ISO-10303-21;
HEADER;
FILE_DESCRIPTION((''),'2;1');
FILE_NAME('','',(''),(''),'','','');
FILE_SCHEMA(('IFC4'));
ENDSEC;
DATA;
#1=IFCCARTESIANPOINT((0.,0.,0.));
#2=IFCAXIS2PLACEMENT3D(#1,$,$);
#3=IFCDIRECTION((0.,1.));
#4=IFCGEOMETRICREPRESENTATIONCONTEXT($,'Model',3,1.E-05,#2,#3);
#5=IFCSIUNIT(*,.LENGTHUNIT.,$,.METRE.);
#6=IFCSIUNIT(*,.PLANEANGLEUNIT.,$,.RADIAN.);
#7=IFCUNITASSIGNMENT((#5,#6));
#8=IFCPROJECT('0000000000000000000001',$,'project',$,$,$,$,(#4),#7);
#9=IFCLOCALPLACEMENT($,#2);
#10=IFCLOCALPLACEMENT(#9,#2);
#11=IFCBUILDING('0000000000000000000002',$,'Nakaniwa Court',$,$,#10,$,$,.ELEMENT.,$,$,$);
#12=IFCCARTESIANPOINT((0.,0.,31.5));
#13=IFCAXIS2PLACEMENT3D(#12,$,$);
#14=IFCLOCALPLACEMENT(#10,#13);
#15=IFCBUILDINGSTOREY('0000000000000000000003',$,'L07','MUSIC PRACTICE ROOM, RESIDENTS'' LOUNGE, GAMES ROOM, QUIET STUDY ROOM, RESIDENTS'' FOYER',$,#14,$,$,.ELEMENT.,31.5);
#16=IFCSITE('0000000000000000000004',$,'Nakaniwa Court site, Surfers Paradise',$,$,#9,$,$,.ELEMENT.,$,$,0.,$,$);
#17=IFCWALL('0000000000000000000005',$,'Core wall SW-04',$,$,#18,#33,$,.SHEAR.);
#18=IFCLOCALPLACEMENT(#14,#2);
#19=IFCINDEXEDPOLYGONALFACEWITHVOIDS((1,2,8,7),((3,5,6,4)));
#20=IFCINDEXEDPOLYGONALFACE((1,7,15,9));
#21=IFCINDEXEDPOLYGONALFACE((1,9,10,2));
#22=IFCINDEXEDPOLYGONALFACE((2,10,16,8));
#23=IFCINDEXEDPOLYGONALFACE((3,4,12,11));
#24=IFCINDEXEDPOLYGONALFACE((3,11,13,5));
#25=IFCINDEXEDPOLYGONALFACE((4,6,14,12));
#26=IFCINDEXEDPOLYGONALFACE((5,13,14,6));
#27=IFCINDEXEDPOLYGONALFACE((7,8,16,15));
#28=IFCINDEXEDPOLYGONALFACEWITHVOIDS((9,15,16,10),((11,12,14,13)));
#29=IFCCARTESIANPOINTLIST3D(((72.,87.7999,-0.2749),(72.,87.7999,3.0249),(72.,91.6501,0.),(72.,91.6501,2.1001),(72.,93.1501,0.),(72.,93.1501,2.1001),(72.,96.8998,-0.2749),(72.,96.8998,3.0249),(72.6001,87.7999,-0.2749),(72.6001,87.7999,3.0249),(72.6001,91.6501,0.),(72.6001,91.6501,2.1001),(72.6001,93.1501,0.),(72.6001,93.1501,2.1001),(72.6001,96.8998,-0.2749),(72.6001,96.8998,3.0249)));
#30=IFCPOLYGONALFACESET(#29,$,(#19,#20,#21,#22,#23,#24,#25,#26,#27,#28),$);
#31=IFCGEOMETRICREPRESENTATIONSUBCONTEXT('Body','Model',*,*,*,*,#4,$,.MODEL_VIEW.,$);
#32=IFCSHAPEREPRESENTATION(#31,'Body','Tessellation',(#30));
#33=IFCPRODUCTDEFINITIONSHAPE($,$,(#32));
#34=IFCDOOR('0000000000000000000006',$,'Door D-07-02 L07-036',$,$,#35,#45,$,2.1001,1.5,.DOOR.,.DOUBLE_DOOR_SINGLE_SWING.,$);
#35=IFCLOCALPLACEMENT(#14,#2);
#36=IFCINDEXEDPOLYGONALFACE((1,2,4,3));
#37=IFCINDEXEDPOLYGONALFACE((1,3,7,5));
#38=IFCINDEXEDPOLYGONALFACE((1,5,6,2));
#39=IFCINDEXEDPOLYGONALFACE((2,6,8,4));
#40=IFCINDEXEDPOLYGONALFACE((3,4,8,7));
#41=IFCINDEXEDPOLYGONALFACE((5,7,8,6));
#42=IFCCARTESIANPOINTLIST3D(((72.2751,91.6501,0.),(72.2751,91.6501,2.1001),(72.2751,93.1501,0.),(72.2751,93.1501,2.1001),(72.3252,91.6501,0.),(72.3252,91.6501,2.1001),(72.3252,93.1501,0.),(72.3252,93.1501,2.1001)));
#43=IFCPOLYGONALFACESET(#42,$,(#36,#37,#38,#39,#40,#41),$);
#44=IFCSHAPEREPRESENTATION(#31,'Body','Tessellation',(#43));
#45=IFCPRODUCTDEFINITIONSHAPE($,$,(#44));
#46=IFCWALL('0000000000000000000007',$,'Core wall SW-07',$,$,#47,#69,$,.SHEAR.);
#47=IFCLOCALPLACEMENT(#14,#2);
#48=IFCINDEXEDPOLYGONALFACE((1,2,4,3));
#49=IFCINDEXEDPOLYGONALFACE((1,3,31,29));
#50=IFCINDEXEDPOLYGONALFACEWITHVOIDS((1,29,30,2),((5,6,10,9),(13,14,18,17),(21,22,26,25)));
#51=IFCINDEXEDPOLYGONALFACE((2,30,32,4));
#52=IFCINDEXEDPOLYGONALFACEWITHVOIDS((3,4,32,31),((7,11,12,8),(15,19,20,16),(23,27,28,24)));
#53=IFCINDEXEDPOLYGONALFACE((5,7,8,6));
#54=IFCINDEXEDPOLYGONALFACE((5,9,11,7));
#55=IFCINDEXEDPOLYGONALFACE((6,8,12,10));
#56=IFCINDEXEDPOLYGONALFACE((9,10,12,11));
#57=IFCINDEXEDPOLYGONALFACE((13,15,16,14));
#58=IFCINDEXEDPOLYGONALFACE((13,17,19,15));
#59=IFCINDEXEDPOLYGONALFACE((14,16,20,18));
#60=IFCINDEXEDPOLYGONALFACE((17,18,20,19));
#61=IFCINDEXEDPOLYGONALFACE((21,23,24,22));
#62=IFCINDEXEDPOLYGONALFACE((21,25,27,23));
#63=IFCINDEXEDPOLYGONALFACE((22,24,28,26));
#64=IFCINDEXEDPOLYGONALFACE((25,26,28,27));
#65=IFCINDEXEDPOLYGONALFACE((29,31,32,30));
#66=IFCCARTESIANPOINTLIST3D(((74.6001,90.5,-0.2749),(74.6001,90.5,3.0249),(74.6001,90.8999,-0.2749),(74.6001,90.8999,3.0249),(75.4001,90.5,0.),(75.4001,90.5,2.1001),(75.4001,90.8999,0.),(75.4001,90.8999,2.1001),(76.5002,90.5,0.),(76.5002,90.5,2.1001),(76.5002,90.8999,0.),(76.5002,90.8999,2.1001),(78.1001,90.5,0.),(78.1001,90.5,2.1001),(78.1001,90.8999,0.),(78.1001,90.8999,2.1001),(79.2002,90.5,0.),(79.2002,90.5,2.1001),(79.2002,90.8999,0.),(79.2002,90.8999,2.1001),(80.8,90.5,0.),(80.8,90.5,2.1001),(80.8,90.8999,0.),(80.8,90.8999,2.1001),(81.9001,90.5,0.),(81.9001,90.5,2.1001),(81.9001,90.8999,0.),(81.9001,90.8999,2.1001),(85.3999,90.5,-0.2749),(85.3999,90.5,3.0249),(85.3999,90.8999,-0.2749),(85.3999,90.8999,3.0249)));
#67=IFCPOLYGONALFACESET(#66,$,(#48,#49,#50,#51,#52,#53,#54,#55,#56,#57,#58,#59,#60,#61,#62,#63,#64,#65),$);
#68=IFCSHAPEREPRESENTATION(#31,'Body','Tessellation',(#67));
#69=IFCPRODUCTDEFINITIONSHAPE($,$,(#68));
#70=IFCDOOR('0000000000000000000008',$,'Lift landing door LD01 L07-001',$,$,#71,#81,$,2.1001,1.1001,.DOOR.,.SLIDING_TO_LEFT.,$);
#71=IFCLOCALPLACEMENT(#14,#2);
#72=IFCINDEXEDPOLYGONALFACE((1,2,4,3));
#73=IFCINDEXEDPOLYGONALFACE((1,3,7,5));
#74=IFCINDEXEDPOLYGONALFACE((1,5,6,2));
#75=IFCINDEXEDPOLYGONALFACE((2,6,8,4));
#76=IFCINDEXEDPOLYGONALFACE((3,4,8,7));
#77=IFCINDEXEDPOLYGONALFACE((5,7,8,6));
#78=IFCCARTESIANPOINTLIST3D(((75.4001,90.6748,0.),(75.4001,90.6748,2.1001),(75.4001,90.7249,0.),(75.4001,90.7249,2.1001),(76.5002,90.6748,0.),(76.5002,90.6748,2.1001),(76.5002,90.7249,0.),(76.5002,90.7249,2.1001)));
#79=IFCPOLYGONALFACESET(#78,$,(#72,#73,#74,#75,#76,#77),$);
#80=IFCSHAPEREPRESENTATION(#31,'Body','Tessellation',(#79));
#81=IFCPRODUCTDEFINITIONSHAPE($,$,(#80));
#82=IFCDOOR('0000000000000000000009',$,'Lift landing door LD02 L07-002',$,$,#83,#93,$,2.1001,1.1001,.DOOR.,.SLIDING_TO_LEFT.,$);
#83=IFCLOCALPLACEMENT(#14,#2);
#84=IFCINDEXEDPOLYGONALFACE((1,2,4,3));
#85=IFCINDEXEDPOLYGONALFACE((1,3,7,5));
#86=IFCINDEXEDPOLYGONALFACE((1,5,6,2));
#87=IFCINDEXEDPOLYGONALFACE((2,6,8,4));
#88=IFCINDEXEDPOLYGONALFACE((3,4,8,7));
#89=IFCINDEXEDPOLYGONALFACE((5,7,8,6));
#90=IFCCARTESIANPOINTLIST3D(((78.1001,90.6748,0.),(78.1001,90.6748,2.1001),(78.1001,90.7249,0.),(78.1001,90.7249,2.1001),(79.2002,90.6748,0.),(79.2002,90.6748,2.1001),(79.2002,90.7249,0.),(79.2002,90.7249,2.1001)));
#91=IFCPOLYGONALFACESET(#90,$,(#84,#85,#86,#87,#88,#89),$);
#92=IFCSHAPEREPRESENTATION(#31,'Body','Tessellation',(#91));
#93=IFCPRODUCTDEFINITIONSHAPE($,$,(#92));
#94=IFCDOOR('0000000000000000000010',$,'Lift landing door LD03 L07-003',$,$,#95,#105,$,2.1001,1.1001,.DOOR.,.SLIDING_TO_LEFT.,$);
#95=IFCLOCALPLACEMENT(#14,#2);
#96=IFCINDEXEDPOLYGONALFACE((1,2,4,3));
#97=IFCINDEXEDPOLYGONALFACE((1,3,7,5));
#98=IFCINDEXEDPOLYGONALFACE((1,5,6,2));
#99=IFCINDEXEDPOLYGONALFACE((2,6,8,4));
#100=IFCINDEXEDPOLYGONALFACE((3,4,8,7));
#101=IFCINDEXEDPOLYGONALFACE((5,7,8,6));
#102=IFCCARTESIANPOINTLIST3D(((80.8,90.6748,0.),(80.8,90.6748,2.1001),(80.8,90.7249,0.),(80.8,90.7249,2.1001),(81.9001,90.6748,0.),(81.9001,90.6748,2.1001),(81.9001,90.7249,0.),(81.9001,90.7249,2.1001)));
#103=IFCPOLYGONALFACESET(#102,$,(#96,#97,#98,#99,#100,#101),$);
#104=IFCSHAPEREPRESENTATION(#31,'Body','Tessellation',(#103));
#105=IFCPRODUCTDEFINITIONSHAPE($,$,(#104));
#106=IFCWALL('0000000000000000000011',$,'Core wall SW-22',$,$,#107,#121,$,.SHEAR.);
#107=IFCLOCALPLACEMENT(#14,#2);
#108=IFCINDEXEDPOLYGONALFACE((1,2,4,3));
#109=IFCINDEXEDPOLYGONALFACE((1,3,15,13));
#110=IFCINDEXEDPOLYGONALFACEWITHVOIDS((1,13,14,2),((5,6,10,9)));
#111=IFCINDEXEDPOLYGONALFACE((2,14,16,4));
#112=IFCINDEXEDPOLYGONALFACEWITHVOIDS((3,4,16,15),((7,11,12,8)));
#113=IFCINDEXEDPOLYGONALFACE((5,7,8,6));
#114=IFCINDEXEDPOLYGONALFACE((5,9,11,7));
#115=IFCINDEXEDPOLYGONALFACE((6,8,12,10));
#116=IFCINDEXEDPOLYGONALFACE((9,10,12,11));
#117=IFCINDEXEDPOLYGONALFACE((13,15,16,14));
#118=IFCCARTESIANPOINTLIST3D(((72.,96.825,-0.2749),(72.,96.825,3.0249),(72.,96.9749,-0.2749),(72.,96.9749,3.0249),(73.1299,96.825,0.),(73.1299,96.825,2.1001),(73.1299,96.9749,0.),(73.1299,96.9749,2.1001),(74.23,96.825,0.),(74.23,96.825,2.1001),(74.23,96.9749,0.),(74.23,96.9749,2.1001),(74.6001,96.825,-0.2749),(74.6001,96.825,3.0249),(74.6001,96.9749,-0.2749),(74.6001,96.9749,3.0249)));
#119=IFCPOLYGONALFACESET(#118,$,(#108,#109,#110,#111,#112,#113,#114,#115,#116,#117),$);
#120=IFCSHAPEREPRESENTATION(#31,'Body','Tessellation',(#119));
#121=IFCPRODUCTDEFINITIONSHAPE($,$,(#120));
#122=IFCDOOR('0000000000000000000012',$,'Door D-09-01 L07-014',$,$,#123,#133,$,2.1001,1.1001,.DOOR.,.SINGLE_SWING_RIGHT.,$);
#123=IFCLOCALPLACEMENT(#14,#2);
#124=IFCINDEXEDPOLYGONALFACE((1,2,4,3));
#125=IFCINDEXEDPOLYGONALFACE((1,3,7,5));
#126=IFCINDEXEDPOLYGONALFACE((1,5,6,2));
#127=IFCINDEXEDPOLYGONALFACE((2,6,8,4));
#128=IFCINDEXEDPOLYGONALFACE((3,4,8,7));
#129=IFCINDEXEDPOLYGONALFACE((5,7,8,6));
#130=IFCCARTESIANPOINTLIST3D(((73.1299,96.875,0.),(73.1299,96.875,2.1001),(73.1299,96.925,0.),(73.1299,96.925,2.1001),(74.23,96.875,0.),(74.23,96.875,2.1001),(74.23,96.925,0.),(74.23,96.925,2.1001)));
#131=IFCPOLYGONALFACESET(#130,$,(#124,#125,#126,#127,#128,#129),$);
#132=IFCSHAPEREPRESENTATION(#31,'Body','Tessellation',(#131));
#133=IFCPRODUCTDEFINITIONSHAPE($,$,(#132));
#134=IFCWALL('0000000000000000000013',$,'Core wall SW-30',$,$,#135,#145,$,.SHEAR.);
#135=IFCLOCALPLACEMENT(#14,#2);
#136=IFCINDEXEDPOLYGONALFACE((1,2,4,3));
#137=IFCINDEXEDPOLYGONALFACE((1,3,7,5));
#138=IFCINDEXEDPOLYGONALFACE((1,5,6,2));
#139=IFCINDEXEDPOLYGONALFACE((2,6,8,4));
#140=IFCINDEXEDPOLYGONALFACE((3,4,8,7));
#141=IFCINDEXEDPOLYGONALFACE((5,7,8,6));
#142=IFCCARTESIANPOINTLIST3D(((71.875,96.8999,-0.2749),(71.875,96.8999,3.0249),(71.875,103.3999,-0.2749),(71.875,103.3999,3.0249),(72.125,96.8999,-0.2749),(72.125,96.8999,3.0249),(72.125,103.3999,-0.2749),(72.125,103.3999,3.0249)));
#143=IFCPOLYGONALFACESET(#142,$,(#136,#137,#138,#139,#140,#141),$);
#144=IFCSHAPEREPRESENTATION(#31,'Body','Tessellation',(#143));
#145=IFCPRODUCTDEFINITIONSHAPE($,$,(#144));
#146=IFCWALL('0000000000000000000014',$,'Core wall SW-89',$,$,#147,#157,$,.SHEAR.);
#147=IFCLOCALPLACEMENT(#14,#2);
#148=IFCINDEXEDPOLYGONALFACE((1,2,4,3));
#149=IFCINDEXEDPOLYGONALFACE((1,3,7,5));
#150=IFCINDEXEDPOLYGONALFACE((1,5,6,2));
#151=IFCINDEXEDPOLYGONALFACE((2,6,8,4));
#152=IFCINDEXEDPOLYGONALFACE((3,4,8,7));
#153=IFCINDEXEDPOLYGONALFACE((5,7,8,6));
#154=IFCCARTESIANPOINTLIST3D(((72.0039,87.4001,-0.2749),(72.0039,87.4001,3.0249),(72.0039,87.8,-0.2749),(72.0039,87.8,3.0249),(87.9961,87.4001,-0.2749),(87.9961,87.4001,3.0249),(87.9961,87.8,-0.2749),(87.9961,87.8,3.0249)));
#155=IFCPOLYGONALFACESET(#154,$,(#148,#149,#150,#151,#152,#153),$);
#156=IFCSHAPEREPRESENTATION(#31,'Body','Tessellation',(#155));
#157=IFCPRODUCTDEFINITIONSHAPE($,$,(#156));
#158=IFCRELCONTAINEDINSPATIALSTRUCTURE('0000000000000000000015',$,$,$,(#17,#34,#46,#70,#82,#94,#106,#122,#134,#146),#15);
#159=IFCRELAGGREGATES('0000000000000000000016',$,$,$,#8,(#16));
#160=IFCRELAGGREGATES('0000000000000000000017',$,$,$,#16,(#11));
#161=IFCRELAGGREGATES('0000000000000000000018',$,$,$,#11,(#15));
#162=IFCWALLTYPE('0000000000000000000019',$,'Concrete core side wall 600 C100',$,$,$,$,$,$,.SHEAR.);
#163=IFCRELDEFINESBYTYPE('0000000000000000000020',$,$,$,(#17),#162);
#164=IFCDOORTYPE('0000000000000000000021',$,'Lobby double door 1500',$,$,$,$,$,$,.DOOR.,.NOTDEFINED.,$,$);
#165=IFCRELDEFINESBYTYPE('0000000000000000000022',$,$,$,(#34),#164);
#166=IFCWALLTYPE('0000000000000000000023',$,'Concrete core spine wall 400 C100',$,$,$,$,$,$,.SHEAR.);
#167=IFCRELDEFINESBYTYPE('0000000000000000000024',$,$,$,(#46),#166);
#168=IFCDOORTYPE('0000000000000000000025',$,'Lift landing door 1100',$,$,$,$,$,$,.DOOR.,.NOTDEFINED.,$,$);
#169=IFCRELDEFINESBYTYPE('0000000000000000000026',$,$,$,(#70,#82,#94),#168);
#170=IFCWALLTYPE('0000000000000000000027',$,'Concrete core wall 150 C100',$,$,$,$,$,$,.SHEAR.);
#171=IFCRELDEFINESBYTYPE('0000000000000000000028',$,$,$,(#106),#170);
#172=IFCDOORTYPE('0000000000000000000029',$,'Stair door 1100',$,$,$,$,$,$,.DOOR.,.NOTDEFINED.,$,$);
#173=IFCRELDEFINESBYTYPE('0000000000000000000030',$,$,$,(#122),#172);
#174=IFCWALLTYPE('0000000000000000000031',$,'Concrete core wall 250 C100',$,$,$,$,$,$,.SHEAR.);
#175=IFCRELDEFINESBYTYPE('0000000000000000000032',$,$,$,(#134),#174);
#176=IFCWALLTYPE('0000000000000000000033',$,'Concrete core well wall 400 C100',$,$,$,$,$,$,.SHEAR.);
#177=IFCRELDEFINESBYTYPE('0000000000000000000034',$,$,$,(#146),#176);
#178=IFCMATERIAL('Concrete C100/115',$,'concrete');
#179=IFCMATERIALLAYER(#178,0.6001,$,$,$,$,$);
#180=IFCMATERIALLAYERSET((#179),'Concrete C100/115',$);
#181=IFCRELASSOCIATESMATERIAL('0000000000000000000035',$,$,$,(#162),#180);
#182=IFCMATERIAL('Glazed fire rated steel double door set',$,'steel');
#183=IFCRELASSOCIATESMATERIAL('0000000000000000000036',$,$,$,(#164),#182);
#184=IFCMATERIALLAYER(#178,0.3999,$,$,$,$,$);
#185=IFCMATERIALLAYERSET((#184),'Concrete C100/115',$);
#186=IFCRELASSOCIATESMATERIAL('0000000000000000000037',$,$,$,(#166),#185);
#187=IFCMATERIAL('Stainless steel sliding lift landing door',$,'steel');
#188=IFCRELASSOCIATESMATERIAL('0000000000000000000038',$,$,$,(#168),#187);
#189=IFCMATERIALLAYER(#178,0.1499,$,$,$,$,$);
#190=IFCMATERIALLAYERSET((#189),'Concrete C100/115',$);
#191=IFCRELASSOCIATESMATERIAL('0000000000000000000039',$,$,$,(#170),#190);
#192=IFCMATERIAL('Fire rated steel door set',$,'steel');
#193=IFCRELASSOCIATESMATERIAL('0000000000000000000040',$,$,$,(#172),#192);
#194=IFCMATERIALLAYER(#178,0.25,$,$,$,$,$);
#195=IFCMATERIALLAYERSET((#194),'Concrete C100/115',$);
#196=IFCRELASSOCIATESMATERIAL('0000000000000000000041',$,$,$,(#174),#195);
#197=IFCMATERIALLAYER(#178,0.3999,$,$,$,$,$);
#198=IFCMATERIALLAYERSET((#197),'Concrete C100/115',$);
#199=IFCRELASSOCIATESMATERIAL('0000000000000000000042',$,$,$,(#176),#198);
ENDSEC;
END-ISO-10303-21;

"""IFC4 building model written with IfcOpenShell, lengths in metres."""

from ifc_helpers import new_model, si_unit, direction, frame, frame_2d, origin, place, context, subcontext, project, spatial, rectangle, extrude, material, layer, layer_set, type_object, element, fill, save


model = new_model("IFC4")

# Units and contexts
model_context = context("Model", 3, precision=1e-05, world=origin(), true_north=direction((0.0, 1.0)))
body_context = subcontext(model_context, "Body", "Model", "MODEL_VIEW")
ifc_project = project(units=[si_unit("LENGTHUNIT", "METRE"), si_unit("PLANEANGLEUNIT", "RADIAN")], contexts=[model_context])

# Site, building, storey
site_placement = place(None, origin())
site = spatial("IfcSite", under=ifc_project, at=site_placement, Name="Nakaniwa Court site, Surfers Paradise", CompositionType="ELEMENT", RefElevation=0.0)
building_placement = place(site_placement, origin())
building = spatial("IfcBuilding", under=site, at=building_placement, Name="Nakaniwa Court", CompositionType="ELEMENT")
storey_placement = place(building_placement, frame((0.0, 0.0, 31.5)))
storey = spatial("IfcBuildingStorey", under=building, at=storey_placement, Name="L07", Description="MUSIC PRACTICE ROOM, RESIDENTS' LOUNGE, GAMES ROOM, QUIET STUDY ROOM, RESIDENTS' FOYER", CompositionType="ELEMENT", Elevation=31.5)

# Shared definitions
ifc_material_1 = material(Name="Concrete C100/115", Category="concrete")

# Shared definitions
ifc_material_2 = material(Name="Fire rated steel door set", Category="steel")

# Wall, opening, door
ifc_layer_1 = layer(ifc_material_1, 0.6001)
ifc_layer_set_1 = layer_set([ifc_layer_1], Name="Concrete C100/115")
wall_type_1 = type_object("IfcWallType", Name="Concrete core side wall 600 C100", PredefinedType="SHEAR", material=ifc_layer_set_1)
wall_1_placement = place(storey_placement, frame((72.3, 87.8, -0.2749), z_axis=(0.0, 0.0, 1.0), x_axis=(0.0, 1.0, 0.0)))
wall_1 = element("IfcWall", 1, at=wall_1_placement, inside=storey, type_object=wall_type_1, Name="Core wall SW-04", PredefinedType="SHEAR", context=body_context, shape_type="SweptSolid", body=[
    extrude(rectangle(XDim=9.0999, YDim=0.6001, at=frame_2d((4.5498, 0.0))), origin(), (0.0, 0.0, 1.0), 3.2998),
])
opening_1_placement = place(wall_1_placement, frame((3.8501, 0.0, 0.2749)))
opening_1 = element("IfcOpeningElement", 2, at=opening_1_placement, cuts=wall_1, PredefinedType="OPENING", context=body_context, shape_type="SweptSolid", body=[
    extrude(rectangle(XDim=1.5, YDim=2.1001, at=frame_2d((0.75, 1.05))), frame((0.0, 0.3101, 0.0), z_axis=(0.0, -1.0, 0.0), x_axis=(1.0, 0.0, 0.0)), (0.0, 0.0, 1.0), 0.6201),
])
ifc_material_3 = material(Name="Glazed fire rated steel double door set", Category="steel")
door_type_1 = type_object("IfcDoorType", Name="Lobby double door 1500", OperationType="NOTDEFINED", PredefinedType="DOOR", material=ifc_material_3)
door_1_placement = place(opening_1_placement, origin())
door_1 = element("IfcDoor", 3, at=door_1_placement, inside=storey, type_object=door_type_1, Name="Door D-07-02 L07-036", OperationType="DOUBLE_DOOR_SINGLE_SWING", OverallHeight=2.1001, OverallWidth=1.5, PredefinedType="DOOR", context=body_context, shape_type="SweptSolid", body=[
    extrude(rectangle(XDim=1.5, YDim=2.1001, at=frame_2d((0.75, 1.05))), frame((0.0, 0.0249, 0.0), z_axis=(0.0, -1.0, 0.0), x_axis=(1.0, 0.0, 0.0)), (0.0, 0.0, 1.0), 0.05),
])
fill(opening_1, door_1)

# Wall, openings, doors
ifc_layer_2 = layer(ifc_material_1, 0.3999)
ifc_layer_set_2 = layer_set([ifc_layer_2], Name="Concrete C100/115")
wall_type_2 = type_object("IfcWallType", Name="Concrete core spine wall 400 C100", PredefinedType="SHEAR", material=ifc_layer_set_2)
wall_2_placement = place(storey_placement, frame((74.6001, 90.7, -0.2749), z_axis=(0.0, 0.0, 1.0), x_axis=(1.0, 0.0, 0.0)))
wall_2 = element("IfcWall", 4, at=wall_2_placement, inside=storey, type_object=wall_type_2, Name="Core wall SW-07", PredefinedType="SHEAR", context=body_context, shape_type="SweptSolid", body=[
    extrude(rectangle(XDim=10.7998, YDim=0.3999, at=frame_2d((5.3999, 0.0))), origin(), (0.0, 0.0, 1.0), 3.2998),
])
opening_2_placement = place(wall_2_placement, frame((0.8, 0.0, 0.2749)))
opening_2 = element("IfcOpeningElement", 5, at=opening_2_placement, cuts=wall_2, PredefinedType="OPENING", context=body_context, shape_type="SweptSolid", body=[
    extrude(rectangle(XDim=1.1001, YDim=2.1001, at=frame_2d((0.55, 1.05))), frame((0.0, 0.21, 0.0), z_axis=(0.0, -1.0, 0.0), x_axis=(1.0, 0.0, 0.0)), (0.0, 0.0, 1.0), 0.4199),
])
opening_3_placement = place(wall_2_placement, frame((3.5, 0.0, 0.2749)))
opening_3 = element("IfcOpeningElement", 6, at=opening_3_placement, cuts=wall_2, PredefinedType="OPENING", context=body_context, shape_type="SweptSolid", body=[
    extrude(rectangle(XDim=1.1001, YDim=2.1001, at=frame_2d((0.55, 1.05))), frame((0.0, 0.21, 0.0), z_axis=(0.0, -1.0, 0.0), x_axis=(1.0, 0.0, 0.0)), (0.0, 0.0, 1.0), 0.4199),
])
opening_4_placement = place(wall_2_placement, frame((6.2, 0.0, 0.2749)))
opening_4 = element("IfcOpeningElement", 7, at=opening_4_placement, cuts=wall_2, PredefinedType="OPENING", context=body_context, shape_type="SweptSolid", body=[
    extrude(rectangle(XDim=1.1001, YDim=2.1001, at=frame_2d((0.55, 1.05))), frame((0.0, 0.21, 0.0), z_axis=(0.0, -1.0, 0.0), x_axis=(1.0, 0.0, 0.0)), (0.0, 0.0, 1.0), 0.4199),
])
ifc_material_4 = material(Name="Stainless steel sliding lift landing door", Category="steel")
door_type_2 = type_object("IfcDoorType", Name="Lift landing door 1100", OperationType="NOTDEFINED", PredefinedType="DOOR", material=ifc_material_4)
door_2_placement = place(opening_2_placement, origin())
door_2 = element("IfcDoor", 8, at=door_2_placement, inside=storey, type_object=door_type_2, Name="Lift landing door LD01 L07-001", OperationType="SLIDING_TO_LEFT", OverallHeight=2.1001, OverallWidth=1.1001, PredefinedType="DOOR", context=body_context, shape_type="SweptSolid", body=[
    extrude(rectangle(XDim=1.1001, YDim=2.1001, at=frame_2d((0.55, 1.05))), frame((0.0, 0.0249, 0.0), z_axis=(0.0, -1.0, 0.0), x_axis=(1.0, 0.0, 0.0)), (0.0, 0.0, 1.0), 0.05),
])
fill(opening_2, door_2)
door_3_placement = place(opening_3_placement, origin())
door_3 = element("IfcDoor", 9, at=door_3_placement, inside=storey, type_object=door_type_2, Name="Lift landing door LD02 L07-002", OperationType="SLIDING_TO_LEFT", OverallHeight=2.1001, OverallWidth=1.1001, PredefinedType="DOOR", context=body_context, shape_type="SweptSolid", body=[
    extrude(rectangle(XDim=1.1001, YDim=2.1001, at=frame_2d((0.55, 1.05))), frame((0.0, 0.0249, 0.0), z_axis=(0.0, -1.0, 0.0), x_axis=(1.0, 0.0, 0.0)), (0.0, 0.0, 1.0), 0.05),
])
fill(opening_3, door_3)
door_4_placement = place(opening_4_placement, origin())
door_4 = element("IfcDoor", 10, at=door_4_placement, inside=storey, type_object=door_type_2, Name="Lift landing door LD03 L07-003", OperationType="SLIDING_TO_LEFT", OverallHeight=2.1001, OverallWidth=1.1001, PredefinedType="DOOR", context=body_context, shape_type="SweptSolid", body=[
    extrude(rectangle(XDim=1.1001, YDim=2.1001, at=frame_2d((0.55, 1.05))), frame((0.0, 0.0249, 0.0), z_axis=(0.0, -1.0, 0.0), x_axis=(1.0, 0.0, 0.0)), (0.0, 0.0, 1.0), 0.05),
])
fill(opening_4, door_4)

# Wall, opening, door
ifc_layer_3 = layer(ifc_material_1, 0.1499)
ifc_layer_set_3 = layer_set([ifc_layer_3], Name="Concrete C100/115")
wall_type_3 = type_object("IfcWallType", Name="Concrete core wall 150 C100", PredefinedType="SHEAR", material=ifc_layer_set_3)
wall_3_placement = place(storey_placement, frame((74.6001, 96.8999, -0.2749), z_axis=(0.0, 0.0, 1.0), x_axis=(-1.0, 0.0, 0.0)))
wall_3 = element("IfcWall", 11, at=wall_3_placement, inside=storey, type_object=wall_type_3, Name="Core wall SW-22", PredefinedType="SHEAR", context=body_context, shape_type="SweptSolid", body=[
    extrude(rectangle(XDim=2.6001, YDim=0.1499, at=frame_2d((1.3, 0.0))), origin(), (0.0, 0.0, 1.0), 3.2998),
])
opening_5_placement = place(wall_3_placement, frame((0.3701, 0.0, 0.2749)))
opening_5 = element("IfcOpeningElement", 12, at=opening_5_placement, cuts=wall_3, PredefinedType="OPENING", context=body_context, shape_type="SweptSolid", body=[
    extrude(rectangle(XDim=1.1001, YDim=2.1001, at=frame_2d((0.55, 1.05))), frame((0.0, 0.085, 0.0), z_axis=(0.0, -1.0, 0.0), x_axis=(1.0, 0.0, 0.0)), (0.0, 0.0, 1.0), 0.1699),
])
door_type_3 = type_object("IfcDoorType", Name="Stair door 1100", OperationType="NOTDEFINED", PredefinedType="DOOR", material=ifc_material_2)
door_5_placement = place(opening_5_placement, origin())
door_5 = element("IfcDoor", 13, at=door_5_placement, inside=storey, type_object=door_type_3, Name="Door D-09-01 L07-014", OperationType="SINGLE_SWING_RIGHT", OverallHeight=2.1001, OverallWidth=1.1001, PredefinedType="DOOR", context=body_context, shape_type="SweptSolid", body=[
    extrude(rectangle(XDim=1.1001, YDim=2.1001, at=frame_2d((0.55, 1.05))), frame((0.0, 0.0249, 0.0), z_axis=(0.0, -1.0, 0.0), x_axis=(1.0, 0.0, 0.0)), (0.0, 0.0, 1.0), 0.05),
])
fill(opening_5, door_5)

# Walls
ifc_layer_4 = layer(ifc_material_1, 0.25)
ifc_layer_set_4 = layer_set([ifc_layer_4], Name="Concrete C100/115")
wall_type_4 = type_object("IfcWallType", Name="Concrete core wall 250 C100", PredefinedType="SHEAR", material=ifc_layer_set_4)
wall_4_placement = place(storey_placement, frame((72.0, 96.8999, -0.2749), z_axis=(0.0, 0.0, 1.0), x_axis=(0.0, 1.0, 0.0)))
element("IfcWall", 14, at=wall_4_placement, inside=storey, type_object=wall_type_4, Name="Core wall SW-30", PredefinedType="SHEAR", context=body_context, shape_type="SweptSolid", body=[
    extrude(rectangle(XDim=6.5, YDim=0.25, at=frame_2d((3.25, 0.0))), origin(), (0.0, 0.0, 1.0), 3.2998),
])
ifc_layer_5 = layer(ifc_material_1, 0.3999)
ifc_layer_set_5 = layer_set([ifc_layer_5], Name="Concrete C100/115")
wall_type_5 = type_object("IfcWallType", Name="Concrete core well wall 400 C100", PredefinedType="SHEAR", material=ifc_layer_set_5)
wall_5_placement = place(storey_placement, frame((72.0039, 87.6001, -0.2749), z_axis=(0.0, 0.0, 1.0), x_axis=(1.0, 0.0, 0.0)))
element("IfcWall", 15, at=wall_5_placement, inside=storey, type_object=wall_type_5, Name="Core wall SW-89", PredefinedType="SHEAR", context=body_context, shape_type="SweptSolid", body=[
    extrude(rectangle(XDim=15.9922, YDim=0.3999, at=frame_2d((7.9961, 0.0))), origin(), (0.0, 0.0, 1.0), 3.2998),
])

save(model, "model.ifc")
